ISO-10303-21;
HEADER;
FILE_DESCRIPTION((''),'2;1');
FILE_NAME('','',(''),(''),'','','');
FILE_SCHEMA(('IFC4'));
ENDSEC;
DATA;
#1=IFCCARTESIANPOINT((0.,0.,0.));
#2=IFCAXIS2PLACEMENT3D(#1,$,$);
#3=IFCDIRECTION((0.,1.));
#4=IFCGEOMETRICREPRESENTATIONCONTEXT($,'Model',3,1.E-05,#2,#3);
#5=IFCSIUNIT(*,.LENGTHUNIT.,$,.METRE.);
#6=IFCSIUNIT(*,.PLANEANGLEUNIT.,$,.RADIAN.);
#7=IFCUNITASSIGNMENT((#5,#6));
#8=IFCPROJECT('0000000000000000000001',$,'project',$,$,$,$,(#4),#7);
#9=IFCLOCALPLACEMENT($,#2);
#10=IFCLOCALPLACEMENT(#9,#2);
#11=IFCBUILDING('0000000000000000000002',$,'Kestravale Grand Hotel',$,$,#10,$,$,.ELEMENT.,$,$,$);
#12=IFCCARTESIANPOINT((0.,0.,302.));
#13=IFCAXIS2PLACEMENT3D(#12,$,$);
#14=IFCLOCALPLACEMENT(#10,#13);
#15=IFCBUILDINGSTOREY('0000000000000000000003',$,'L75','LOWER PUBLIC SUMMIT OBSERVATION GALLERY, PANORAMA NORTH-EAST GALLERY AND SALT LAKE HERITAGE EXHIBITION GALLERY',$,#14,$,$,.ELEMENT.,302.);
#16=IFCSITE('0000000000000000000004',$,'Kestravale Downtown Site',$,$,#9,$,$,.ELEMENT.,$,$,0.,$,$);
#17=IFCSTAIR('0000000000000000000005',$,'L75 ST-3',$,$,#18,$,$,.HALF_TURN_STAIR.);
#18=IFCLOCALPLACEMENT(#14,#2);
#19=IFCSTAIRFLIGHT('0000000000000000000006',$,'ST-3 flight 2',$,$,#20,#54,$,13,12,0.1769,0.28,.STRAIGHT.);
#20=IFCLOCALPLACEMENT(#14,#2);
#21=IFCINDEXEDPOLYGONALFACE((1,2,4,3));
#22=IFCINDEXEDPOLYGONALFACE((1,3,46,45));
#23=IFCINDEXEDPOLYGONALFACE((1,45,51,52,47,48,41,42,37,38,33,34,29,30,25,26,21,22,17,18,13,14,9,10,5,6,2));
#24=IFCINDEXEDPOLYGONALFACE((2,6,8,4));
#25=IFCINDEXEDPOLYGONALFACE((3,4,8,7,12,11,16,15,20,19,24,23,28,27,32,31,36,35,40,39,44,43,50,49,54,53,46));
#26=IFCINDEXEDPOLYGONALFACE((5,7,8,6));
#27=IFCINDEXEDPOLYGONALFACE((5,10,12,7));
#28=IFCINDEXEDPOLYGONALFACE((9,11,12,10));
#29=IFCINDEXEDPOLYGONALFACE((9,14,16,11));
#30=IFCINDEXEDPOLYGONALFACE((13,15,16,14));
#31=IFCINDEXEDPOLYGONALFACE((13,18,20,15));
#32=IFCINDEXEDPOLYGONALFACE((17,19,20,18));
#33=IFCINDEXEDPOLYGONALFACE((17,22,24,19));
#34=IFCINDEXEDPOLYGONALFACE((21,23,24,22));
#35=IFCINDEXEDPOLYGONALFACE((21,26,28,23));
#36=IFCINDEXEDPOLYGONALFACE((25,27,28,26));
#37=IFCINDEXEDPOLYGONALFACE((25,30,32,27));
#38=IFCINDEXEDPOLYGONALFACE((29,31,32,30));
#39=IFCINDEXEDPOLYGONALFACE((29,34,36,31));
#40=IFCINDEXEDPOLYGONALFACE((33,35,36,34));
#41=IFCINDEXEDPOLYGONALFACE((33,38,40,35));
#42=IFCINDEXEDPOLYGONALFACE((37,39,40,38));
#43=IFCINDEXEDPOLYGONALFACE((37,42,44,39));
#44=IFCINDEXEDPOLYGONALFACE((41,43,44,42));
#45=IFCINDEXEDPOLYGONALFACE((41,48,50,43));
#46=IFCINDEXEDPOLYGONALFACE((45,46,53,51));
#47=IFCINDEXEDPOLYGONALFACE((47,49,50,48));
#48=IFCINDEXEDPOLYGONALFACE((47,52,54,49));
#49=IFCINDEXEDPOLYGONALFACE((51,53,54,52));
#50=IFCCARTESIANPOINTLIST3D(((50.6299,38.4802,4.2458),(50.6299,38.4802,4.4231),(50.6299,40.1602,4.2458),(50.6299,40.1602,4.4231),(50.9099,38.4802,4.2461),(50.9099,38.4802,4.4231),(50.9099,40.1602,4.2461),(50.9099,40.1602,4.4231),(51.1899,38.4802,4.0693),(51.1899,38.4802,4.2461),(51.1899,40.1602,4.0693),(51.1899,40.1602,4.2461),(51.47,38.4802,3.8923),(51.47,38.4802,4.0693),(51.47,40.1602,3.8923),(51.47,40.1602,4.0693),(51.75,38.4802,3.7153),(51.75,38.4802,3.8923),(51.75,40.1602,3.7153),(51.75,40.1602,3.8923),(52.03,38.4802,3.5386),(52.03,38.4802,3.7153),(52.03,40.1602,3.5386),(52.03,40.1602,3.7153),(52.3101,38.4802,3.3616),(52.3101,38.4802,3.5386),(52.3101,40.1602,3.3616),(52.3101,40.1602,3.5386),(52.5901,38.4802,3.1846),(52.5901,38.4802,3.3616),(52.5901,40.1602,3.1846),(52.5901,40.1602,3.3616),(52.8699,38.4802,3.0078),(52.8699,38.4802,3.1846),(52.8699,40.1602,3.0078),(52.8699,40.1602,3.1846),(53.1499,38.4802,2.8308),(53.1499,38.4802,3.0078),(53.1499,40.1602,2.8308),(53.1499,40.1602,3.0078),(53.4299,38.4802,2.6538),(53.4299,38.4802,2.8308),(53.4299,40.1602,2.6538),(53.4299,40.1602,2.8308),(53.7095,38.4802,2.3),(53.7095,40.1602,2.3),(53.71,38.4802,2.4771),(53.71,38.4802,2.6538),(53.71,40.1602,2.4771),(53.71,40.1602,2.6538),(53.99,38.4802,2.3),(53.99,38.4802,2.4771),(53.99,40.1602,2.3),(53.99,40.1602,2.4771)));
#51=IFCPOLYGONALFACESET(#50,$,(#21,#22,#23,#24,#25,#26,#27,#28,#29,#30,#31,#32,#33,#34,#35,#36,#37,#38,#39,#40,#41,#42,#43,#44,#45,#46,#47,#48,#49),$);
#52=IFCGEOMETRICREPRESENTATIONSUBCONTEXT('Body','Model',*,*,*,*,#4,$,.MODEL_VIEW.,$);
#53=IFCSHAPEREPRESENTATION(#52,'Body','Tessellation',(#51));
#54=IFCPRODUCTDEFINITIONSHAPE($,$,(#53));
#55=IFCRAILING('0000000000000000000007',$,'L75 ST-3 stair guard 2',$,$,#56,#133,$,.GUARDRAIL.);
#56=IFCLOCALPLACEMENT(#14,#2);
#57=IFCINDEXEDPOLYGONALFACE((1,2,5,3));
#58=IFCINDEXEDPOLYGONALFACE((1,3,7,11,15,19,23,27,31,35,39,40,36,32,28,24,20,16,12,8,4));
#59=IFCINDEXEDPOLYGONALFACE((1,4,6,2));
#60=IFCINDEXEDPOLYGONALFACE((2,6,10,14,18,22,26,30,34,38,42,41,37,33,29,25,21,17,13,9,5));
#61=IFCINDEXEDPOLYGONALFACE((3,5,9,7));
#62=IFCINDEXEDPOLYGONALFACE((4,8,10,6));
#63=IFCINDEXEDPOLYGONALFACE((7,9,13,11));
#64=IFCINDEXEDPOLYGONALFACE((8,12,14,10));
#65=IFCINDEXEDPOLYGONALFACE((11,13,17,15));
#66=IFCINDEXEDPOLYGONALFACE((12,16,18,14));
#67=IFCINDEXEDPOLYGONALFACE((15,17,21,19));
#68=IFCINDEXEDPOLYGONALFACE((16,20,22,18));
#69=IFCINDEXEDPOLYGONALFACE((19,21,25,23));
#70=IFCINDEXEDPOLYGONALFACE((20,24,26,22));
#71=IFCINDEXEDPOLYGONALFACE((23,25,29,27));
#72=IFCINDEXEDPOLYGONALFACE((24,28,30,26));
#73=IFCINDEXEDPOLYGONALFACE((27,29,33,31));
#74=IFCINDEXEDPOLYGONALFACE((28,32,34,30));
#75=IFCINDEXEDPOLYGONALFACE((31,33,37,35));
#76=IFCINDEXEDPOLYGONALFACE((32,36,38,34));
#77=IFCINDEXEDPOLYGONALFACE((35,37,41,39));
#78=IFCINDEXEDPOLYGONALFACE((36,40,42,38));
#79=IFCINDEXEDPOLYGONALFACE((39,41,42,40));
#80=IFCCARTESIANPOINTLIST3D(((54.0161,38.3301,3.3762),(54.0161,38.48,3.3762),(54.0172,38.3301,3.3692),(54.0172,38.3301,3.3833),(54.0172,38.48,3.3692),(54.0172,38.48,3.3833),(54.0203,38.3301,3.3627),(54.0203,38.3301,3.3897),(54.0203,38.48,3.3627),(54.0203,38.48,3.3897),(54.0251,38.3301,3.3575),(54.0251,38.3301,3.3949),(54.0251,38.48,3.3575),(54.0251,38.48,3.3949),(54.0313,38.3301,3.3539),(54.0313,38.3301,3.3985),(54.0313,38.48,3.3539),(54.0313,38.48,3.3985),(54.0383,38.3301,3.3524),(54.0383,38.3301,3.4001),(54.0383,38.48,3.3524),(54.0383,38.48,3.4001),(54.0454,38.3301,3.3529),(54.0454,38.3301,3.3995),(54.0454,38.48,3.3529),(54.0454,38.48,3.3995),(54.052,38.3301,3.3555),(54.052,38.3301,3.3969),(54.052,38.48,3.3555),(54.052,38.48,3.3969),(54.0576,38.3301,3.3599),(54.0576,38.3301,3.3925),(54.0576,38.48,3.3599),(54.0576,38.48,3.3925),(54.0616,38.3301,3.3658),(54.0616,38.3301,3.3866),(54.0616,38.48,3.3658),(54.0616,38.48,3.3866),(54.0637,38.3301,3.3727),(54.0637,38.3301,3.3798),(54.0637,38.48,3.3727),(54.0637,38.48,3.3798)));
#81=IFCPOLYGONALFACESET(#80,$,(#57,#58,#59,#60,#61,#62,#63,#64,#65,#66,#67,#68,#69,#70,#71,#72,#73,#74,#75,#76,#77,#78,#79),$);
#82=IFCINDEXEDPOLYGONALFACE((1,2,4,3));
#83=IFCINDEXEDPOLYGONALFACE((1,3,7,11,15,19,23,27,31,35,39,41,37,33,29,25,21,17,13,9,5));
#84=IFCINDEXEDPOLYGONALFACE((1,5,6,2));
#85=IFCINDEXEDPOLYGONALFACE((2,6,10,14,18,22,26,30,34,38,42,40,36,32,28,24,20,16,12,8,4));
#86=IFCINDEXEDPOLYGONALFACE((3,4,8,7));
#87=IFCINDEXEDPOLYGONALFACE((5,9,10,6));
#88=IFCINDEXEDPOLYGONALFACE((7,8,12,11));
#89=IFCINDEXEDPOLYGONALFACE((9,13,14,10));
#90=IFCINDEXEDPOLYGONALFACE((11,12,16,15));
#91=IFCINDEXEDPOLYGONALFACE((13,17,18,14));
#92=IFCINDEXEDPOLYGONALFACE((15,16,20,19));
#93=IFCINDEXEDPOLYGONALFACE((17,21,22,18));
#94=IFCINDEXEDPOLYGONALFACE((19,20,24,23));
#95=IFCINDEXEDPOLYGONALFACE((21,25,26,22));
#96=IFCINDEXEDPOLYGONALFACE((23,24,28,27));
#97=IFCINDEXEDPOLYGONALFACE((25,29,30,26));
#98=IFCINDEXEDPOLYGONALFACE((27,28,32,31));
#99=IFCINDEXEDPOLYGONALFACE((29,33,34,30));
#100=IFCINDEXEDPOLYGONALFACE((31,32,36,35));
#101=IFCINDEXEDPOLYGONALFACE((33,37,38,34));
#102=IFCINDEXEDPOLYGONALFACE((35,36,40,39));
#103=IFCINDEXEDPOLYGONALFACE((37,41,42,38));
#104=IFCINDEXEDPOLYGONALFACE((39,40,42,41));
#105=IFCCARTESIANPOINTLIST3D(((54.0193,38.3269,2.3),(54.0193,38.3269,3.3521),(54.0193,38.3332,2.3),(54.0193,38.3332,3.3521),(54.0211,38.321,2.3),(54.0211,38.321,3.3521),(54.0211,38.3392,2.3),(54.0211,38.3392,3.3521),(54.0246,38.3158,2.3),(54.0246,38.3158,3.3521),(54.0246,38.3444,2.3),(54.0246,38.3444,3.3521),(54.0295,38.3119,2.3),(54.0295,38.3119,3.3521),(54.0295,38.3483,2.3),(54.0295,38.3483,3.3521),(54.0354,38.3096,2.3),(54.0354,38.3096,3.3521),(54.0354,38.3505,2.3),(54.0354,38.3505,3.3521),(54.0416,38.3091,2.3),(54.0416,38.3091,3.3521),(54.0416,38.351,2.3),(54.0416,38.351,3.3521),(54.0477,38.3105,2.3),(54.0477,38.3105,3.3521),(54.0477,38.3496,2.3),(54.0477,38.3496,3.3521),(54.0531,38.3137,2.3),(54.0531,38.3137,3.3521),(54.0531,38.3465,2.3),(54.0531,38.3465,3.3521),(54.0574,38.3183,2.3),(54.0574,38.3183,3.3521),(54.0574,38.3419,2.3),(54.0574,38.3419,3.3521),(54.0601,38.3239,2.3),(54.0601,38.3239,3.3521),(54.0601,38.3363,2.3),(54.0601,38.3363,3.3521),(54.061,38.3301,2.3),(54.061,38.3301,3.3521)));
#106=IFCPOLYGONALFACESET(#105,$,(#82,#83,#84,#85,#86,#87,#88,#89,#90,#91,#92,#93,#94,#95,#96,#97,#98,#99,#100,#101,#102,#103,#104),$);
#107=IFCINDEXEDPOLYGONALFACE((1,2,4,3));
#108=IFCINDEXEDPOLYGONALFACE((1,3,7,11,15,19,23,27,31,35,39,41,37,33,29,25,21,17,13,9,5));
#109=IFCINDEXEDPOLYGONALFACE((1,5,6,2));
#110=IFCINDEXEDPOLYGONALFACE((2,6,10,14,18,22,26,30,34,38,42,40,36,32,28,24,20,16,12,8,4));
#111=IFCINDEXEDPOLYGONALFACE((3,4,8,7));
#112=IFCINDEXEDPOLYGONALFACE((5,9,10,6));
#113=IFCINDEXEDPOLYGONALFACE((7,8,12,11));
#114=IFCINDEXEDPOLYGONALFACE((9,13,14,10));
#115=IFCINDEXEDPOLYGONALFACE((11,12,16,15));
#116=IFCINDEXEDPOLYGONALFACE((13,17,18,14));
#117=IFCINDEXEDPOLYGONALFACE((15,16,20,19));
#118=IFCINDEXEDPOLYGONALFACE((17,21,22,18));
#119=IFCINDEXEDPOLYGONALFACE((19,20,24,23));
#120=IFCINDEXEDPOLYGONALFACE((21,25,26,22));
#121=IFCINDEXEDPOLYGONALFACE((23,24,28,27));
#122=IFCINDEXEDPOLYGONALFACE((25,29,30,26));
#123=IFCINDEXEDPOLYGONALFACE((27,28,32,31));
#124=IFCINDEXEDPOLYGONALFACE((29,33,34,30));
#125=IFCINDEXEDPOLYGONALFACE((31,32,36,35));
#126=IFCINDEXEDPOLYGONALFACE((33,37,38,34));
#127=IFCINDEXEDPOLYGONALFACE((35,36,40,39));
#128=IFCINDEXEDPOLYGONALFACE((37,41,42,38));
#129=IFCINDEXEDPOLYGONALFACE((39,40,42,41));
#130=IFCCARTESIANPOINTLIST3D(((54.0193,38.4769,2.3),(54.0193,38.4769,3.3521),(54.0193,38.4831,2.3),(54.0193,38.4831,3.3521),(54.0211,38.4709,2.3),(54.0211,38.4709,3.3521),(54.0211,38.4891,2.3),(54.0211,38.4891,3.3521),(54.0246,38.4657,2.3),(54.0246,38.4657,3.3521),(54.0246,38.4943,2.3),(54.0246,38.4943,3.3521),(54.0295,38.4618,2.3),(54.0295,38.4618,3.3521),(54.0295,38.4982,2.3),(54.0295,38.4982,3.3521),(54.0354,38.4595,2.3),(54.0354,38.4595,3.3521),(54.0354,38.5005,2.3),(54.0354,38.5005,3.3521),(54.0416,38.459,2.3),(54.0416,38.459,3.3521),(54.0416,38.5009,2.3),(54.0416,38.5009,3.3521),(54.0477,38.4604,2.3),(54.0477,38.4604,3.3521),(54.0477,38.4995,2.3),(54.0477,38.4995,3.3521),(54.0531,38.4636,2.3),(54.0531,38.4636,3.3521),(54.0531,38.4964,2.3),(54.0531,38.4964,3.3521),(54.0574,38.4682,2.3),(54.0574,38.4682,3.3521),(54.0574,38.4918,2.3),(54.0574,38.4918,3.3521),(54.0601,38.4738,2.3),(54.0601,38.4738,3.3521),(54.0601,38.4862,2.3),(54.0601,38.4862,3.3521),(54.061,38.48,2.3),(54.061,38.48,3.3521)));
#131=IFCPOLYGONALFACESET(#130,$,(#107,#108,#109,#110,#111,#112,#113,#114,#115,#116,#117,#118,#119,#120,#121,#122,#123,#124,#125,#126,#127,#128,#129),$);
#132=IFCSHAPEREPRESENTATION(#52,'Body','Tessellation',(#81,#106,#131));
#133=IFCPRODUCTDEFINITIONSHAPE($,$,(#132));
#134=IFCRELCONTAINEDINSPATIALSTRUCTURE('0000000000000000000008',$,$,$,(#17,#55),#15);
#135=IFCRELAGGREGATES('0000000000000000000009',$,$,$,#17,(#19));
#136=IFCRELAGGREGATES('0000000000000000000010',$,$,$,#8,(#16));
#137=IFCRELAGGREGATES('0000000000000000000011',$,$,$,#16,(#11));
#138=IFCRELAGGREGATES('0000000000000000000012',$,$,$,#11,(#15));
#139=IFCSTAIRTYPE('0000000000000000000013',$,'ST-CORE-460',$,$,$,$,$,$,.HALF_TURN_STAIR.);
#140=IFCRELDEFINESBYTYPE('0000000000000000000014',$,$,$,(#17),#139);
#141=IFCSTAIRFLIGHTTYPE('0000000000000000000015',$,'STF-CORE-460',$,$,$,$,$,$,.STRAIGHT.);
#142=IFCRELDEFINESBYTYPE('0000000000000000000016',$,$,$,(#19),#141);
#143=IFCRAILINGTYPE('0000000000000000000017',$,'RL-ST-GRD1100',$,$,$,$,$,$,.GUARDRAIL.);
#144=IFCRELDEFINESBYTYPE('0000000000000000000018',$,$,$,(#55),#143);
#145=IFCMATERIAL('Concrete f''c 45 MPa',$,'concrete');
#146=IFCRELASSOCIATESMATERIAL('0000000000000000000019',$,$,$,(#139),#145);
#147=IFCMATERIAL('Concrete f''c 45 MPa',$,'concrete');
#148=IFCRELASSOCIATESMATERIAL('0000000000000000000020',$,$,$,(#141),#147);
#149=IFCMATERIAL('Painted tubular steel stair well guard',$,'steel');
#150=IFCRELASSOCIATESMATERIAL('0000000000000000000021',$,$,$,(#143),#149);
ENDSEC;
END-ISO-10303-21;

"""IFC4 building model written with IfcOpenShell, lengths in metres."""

from ifc_helpers import new_model, si_unit, direction, frame, origin, origin_2d, place, context, subcontext, project, spatial, polyline, circle, outline, extrude, material, type_object, element, aggregate, save


model = new_model("IFC4")

# Units and contexts
model_context = context("Model", 3, precision=1e-05, world=origin(), true_north=direction((0.0, 1.0)))
body_context = subcontext(model_context, "Body", "Model", "MODEL_VIEW")
ifc_project = project(units=[si_unit("LENGTHUNIT", "METRE"), si_unit("PLANEANGLEUNIT", "RADIAN")], contexts=[model_context])

# Site, building, storey
site_placement = place(None, origin())
site = spatial("IfcSite", under=ifc_project, at=site_placement, Name="Kestravale Downtown Site", CompositionType="ELEMENT", RefElevation=0.0)
building_placement = place(site_placement, origin())
building = spatial("IfcBuilding", under=site, at=building_placement, Name="Kestravale Grand Hotel", CompositionType="ELEMENT")
storey_placement = place(building_placement, frame((0.0, 0.0, 302.0)))
storey = spatial("IfcBuildingStorey", under=building, at=storey_placement, Name="L75", Description="LOWER PUBLIC SUMMIT OBSERVATION GALLERY, PANORAMA NORTH-EAST GALLERY AND SALT LAKE HERITAGE EXHIBITION GALLERY", CompositionType="ELEMENT", Elevation=302.0)

# Stair, stair flight
ifc_material_1 = material(Name="Concrete f'c 45 MPa", Category="concrete")
stair_type = type_object("IfcStairType", Name="ST-CORE-460", PredefinedType="HALF_TURN_STAIR", material=ifc_material_1)
stair_placement = place(storey_placement, origin())
stair = element("IfcStair", 1, at=stair_placement, inside=storey, type_object=stair_type, Name="L75 ST-3", PredefinedType="HALF_TURN_STAIR")
ifc_material_2 = material(Name="Concrete f'c 45 MPa", Category="concrete")
stair_flight_type = type_object("IfcStairFlightType", Name="STF-CORE-460", PredefinedType="STRAIGHT", material=ifc_material_2)
stair_flight_placement = place(storey_placement, frame((53.99, 39.3201, 2.3), z_axis=(0.0, 0.0, 1.0), x_axis=(-1.0, 0.0, 0.0)))
stair_flight = element("IfcStairFlight", 2, at=stair_flight_placement, type_object=stair_flight_type, Name="ST-3 flight 2", NumberOfRisers=13, NumberOfTreads=12, PredefinedType="STRAIGHT", RiserHeight=0.1769, TreadLength=0.28, context=body_context, shape_type="SweptSolid", body=[
    extrude(outline(polyline([(0.0, 0.0), (0.0, 0.177), (0.28, 0.177), (0.28, 0.3538), (0.5601, 0.3538), (0.5601, 0.5308), (0.8401, 0.5308), (0.8401, 0.7078), (1.1201, 0.7078), (1.1201, 0.8845), (1.3999, 0.8845), (1.3999, 1.0615), (1.6799, 1.0615), (1.6799, 1.2385), (1.96, 1.2385), (1.96, 1.4153), (2.24, 1.4153), (2.24, 1.5923), (2.52, 1.5923), (2.52, 1.7693), (2.8, 1.7693), (2.8, 1.946), (3.0801, 1.946), (3.0801, 2.123), (3.3601, 2.123), (3.3601, 2.3), (3.3601, 1.9458), (0.2805, 0.0), (0.0, 0.0)])), frame((0.0, 0.8398, 0.0), z_axis=(0.0, -1.0, 0.0), x_axis=(1.0, 0.0, 0.0)), (0.0, 0.0, 1.0), 1.6799),
])
aggregate(stair, [stair_flight])

# Railing
ifc_material_3 = material(Name="Painted tubular steel stair well guard", Category="steel")
railing_type_1 = type_object("IfcRailingType", Name="RL-ST-GRD1100", PredefinedType="GUARDRAIL", material=ifc_material_3)
railing_1_placement = place(storey_placement, frame((54.04, 38.3301, 2.3)))
element("IfcRailing", 3, at=railing_1_placement, inside=storey, type_object=railing_type_1, Name="L75 ST-3 stair guard 2", PredefinedType="GUARDRAIL", context=body_context, shape_type="SweptSolid", body=[
    extrude(circle(Radius=0.0239, at=origin_2d()), frame((0.0, 0.0, 1.0762), z_axis=(0.0, 1.0, 0.0), x_axis=(-1.0, 0.0, 0.0)), (0.0, 0.0, 1.0), 0.1499),
    extrude(circle(Radius=0.021, at=origin_2d()), origin(), (0.0, 0.0, 1.0), 1.052),
    extrude(circle(Radius=0.021, at=origin_2d()), frame((0.0, 0.1499, 0.0)), (0.0, 0.0, 1.0), 1.052),
])

save(model, "model.ifc")
